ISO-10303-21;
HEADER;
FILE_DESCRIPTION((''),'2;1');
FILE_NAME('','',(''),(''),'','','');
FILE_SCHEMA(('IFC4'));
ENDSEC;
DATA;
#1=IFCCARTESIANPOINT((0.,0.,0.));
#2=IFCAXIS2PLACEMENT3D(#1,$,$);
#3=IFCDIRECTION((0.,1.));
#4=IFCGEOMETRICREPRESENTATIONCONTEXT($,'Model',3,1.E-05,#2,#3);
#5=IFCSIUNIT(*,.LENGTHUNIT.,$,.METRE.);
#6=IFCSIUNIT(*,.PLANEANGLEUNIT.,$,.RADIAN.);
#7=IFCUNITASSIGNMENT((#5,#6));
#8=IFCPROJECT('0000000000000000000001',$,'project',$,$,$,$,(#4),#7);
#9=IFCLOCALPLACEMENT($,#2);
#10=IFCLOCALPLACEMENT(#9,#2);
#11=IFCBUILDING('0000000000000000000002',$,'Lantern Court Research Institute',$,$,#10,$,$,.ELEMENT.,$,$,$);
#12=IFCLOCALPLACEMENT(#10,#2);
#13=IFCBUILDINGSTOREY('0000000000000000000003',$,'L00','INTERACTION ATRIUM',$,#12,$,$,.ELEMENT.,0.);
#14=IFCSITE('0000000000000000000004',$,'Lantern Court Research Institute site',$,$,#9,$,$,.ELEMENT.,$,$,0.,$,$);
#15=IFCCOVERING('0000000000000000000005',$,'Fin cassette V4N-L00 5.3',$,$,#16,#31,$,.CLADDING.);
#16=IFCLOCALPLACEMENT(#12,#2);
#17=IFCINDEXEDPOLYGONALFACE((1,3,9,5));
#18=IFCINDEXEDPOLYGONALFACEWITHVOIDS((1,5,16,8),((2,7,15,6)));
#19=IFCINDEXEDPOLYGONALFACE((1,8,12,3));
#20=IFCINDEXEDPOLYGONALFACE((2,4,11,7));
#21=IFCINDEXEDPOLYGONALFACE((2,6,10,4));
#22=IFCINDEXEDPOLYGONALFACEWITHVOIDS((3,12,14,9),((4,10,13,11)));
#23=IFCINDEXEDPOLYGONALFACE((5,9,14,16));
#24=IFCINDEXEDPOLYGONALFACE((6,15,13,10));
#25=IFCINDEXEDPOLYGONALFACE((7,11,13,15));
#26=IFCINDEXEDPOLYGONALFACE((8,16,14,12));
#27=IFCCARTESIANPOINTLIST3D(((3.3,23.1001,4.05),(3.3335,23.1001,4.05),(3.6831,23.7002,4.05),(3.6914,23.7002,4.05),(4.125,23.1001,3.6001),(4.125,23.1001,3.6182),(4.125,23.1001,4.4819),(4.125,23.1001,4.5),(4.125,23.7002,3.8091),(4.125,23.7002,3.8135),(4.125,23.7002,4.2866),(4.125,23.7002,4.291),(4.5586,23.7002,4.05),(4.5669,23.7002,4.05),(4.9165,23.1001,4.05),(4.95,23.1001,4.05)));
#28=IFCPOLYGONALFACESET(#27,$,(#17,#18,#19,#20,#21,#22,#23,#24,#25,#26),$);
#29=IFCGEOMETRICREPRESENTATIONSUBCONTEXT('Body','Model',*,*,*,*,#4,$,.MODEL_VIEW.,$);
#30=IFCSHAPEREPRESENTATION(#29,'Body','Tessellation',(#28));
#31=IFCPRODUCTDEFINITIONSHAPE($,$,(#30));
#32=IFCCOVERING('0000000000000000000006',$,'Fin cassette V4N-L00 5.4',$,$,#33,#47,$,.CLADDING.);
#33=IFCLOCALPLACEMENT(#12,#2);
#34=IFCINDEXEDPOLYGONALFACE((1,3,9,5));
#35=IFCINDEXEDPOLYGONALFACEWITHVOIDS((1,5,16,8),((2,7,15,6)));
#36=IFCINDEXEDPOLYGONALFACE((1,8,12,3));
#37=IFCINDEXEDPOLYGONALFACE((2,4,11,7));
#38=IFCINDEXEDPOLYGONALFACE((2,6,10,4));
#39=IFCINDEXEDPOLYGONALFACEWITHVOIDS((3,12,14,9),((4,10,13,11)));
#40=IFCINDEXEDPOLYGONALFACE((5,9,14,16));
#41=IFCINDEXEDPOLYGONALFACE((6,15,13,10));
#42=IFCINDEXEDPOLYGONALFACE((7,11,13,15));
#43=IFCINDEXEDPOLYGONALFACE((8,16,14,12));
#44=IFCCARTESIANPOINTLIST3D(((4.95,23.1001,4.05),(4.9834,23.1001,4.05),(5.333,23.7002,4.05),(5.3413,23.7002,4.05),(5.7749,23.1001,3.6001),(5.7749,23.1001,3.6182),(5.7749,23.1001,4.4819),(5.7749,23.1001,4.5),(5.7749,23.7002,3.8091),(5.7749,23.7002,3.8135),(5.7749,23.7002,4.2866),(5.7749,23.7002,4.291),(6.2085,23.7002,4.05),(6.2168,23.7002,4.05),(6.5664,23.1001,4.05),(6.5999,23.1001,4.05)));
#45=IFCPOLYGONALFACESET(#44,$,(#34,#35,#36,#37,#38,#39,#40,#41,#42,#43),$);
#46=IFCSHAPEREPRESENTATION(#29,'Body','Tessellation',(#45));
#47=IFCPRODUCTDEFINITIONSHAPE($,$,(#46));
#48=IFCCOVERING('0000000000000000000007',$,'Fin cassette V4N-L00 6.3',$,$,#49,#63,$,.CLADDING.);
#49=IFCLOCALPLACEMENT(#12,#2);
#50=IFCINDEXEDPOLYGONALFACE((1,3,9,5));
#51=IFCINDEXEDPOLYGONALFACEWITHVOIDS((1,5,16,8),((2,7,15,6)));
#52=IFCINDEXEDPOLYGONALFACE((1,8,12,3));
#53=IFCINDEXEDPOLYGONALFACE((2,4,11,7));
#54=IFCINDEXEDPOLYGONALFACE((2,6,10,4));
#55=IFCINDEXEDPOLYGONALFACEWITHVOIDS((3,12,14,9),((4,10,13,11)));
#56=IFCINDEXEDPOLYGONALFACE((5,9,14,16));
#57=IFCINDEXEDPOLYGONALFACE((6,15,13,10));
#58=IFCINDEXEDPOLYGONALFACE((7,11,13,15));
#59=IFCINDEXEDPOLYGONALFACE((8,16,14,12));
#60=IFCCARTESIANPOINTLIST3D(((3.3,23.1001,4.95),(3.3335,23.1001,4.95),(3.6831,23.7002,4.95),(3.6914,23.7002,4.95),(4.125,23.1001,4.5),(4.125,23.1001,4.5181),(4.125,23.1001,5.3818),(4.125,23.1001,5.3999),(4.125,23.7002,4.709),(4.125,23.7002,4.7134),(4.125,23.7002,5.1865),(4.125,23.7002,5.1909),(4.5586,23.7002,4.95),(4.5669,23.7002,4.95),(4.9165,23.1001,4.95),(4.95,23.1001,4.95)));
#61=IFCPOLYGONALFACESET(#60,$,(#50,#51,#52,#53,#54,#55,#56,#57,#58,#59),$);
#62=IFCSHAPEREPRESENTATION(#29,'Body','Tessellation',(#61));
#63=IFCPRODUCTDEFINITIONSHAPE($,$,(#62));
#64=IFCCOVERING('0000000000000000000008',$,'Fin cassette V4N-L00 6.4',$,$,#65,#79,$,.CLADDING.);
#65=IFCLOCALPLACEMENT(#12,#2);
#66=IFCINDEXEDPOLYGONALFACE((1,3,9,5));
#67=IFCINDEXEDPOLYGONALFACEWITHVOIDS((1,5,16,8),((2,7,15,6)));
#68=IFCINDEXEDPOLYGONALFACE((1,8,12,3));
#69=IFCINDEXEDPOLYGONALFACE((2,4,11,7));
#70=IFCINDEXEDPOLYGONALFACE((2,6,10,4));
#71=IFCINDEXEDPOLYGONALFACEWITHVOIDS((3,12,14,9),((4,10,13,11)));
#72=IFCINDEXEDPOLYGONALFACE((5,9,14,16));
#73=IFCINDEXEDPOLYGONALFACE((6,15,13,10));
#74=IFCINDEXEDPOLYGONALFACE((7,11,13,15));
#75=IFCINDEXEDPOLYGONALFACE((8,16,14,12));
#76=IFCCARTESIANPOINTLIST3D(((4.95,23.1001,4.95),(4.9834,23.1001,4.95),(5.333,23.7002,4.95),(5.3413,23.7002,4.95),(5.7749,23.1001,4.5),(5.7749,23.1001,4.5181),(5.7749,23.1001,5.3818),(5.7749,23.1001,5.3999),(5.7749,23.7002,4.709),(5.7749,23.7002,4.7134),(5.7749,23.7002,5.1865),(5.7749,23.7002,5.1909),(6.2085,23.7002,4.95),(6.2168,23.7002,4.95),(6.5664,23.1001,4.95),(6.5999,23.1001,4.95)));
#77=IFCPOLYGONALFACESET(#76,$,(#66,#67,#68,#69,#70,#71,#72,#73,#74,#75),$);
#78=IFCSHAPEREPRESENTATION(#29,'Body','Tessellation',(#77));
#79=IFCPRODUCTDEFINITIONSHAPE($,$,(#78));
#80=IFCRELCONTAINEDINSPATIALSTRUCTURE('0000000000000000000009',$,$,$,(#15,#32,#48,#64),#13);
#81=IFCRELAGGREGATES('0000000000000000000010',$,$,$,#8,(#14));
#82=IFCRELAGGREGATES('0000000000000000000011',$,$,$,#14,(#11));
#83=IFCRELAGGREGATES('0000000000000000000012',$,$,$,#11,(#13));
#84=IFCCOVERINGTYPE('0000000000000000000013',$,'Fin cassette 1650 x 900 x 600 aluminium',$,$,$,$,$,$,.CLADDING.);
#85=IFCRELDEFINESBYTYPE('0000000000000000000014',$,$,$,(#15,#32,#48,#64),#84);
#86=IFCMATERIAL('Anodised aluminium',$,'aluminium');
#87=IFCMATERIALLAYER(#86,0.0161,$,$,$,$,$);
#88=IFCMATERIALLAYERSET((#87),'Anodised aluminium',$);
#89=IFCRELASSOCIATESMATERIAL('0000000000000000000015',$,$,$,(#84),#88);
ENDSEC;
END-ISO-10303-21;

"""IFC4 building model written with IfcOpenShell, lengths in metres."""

from ifc_helpers import new_model, entity, si_unit, direction, frame, origin, place, context, subcontext, project, spatial, material, layer, layer_set, type_object, element, save


model = new_model("IFC4")

# Units and contexts
model_context = context("Model", 3, precision=1e-05, world=origin(), true_north=direction((0.0, 1.0)))
body_context = subcontext(model_context, "Body", "Model", "MODEL_VIEW")
ifc_project = project(units=[si_unit("LENGTHUNIT", "METRE"), si_unit("PLANEANGLEUNIT", "RADIAN")], contexts=[model_context])

# Site, building, storey
site_placement = place(None, origin())
site = spatial("IfcSite", under=ifc_project, at=site_placement, Name="Lantern Court Research Institute site", CompositionType="ELEMENT", RefElevation=0.0)
building_placement = place(site_placement, origin())
building = spatial("IfcBuilding", under=site, at=building_placement, Name="Lantern Court Research Institute", CompositionType="ELEMENT")
storey_placement = place(building_placement, origin())
storey = spatial("IfcBuildingStorey", under=building, at=storey_placement, Name="L00", Description="INTERACTION ATRIUM", CompositionType="ELEMENT", Elevation=0.0)

# Coverings
ifc_material_1 = material(Name="Anodised aluminium", Category="aluminium")
ifc_layer_1 = layer(ifc_material_1, 0.0161)
ifc_layer_set_1 = layer_set([ifc_layer_1], Name="Anodised aluminium")
covering_type = type_object("IfcCoveringType", Name="Fin cassette 1650 x 900 x 600 aluminium", PredefinedType="CLADDING", material=ifc_layer_set_1)
covering_1_placement = place(storey_placement, frame((4.125, 23.1001, 4.05), z_axis=(0.0, 1.0, 0.0), x_axis=(-1.0, 0.0, 0.0)))
cartesian_point_1 = entity("IfcCartesianPoint", [0.825, 0.0])
cartesian_point_2 = entity("IfcCartesianPoint", [0.7915, 0.0])
cartesian_point_3 = entity("IfcCartesianPoint", [0.4419, 0.0])
cartesian_point_4 = entity("IfcCartesianPoint", [0.4336, 0.0])
element("IfcCovering", 1, at=covering_1_placement, inside=storey, type_object=covering_type, Name="Fin cassette V4N-L00 5.3", PredefinedType="CLADDING", context=body_context, shape_type="SweptSolid", body=[
    entity("IfcExtrudedAreaSolidTapered", entity("IfcArbitraryProfileDefWithVoids", "AREA", None, entity("IfcPolyline", [cartesian_point_1, entity("IfcCartesianPoint", [0.0, 0.45]), entity("IfcCartesianPoint", [-0.825, 0.0]), entity("IfcCartesianPoint", [0.0, -0.45]), cartesian_point_1]), [entity("IfcPolyline", [cartesian_point_2, entity("IfcCartesianPoint", [0.0, 0.4319]), entity("IfcCartesianPoint", [-0.7915, 0.0]), entity("IfcCartesianPoint", [0.0, -0.4319]), cartesian_point_2])]), entity("IfcAxis2Placement3D", entity("IfcCartesianPoint", [0.0, 0.0, 0.0])), entity("IfcDirection", [0.0, 0.0, 1.0]), 0.6001, entity("IfcArbitraryProfileDefWithVoids", "AREA", None, entity("IfcPolyline", [cartesian_point_3, entity("IfcCartesianPoint", [0.0, 0.241]), entity("IfcCartesianPoint", [-0.4419, 0.0]), entity("IfcCartesianPoint", [0.0, -0.241]), cartesian_point_3]), [entity("IfcPolyline", [cartesian_point_4, entity("IfcCartesianPoint", [0.0, 0.2366]), entity("IfcCartesianPoint", [-0.4336, 0.0]), entity("IfcCartesianPoint", [0.0, -0.2366]), cartesian_point_4])])),
])
covering_2_placement = place(storey_placement, frame((5.7749, 23.1001, 4.05), z_axis=(0.0, 1.0, 0.0), x_axis=(-1.0, 0.0, 0.0)))
cartesian_point_5 = entity("IfcCartesianPoint", [0.825, 0.0])
cartesian_point_6 = entity("IfcCartesianPoint", [0.7915, 0.0])
cartesian_point_7 = entity("IfcCartesianPoint", [0.4419, 0.0])
cartesian_point_8 = entity("IfcCartesianPoint", [0.4336, 0.0])
element("IfcCovering", 2, at=covering_2_placement, inside=storey, type_object=covering_type, Name="Fin cassette V4N-L00 5.4", PredefinedType="CLADDING", context=body_context, shape_type="SweptSolid", body=[
    entity("IfcExtrudedAreaSolidTapered", entity("IfcArbitraryProfileDefWithVoids", "AREA", None, entity("IfcPolyline", [cartesian_point_5, entity("IfcCartesianPoint", [0.0, 0.45]), entity("IfcCartesianPoint", [-0.825, 0.0]), entity("IfcCartesianPoint", [0.0, -0.45]), cartesian_point_5]), [entity("IfcPolyline", [cartesian_point_6, entity("IfcCartesianPoint", [0.0, 0.4319]), entity("IfcCartesianPoint", [-0.7915, 0.0]), entity("IfcCartesianPoint", [0.0, -0.4319]), cartesian_point_6])]), entity("IfcAxis2Placement3D", entity("IfcCartesianPoint", [0.0, 0.0, 0.0])), entity("IfcDirection", [0.0, 0.0, 1.0]), 0.6001, entity("IfcArbitraryProfileDefWithVoids", "AREA", None, entity("IfcPolyline", [cartesian_point_7, entity("IfcCartesianPoint", [0.0, 0.241]), entity("IfcCartesianPoint", [-0.4419, 0.0]), entity("IfcCartesianPoint", [0.0, -0.241]), cartesian_point_7]), [entity("IfcPolyline", [cartesian_point_8, entity("IfcCartesianPoint", [0.0, 0.2366]), entity("IfcCartesianPoint", [-0.4336, 0.0]), entity("IfcCartesianPoint", [0.0, -0.2366]), cartesian_point_8])])),
])
covering_3_placement = place(storey_placement, frame((4.125, 23.1001, 4.95), z_axis=(0.0, 1.0, 0.0), x_axis=(-1.0, 0.0, 0.0)))
cartesian_point_9 = entity("IfcCartesianPoint", [0.825, 0.0])
cartesian_point_10 = entity("IfcCartesianPoint", [0.7915, 0.0])
cartesian_point_11 = entity("IfcCartesianPoint", [0.4419, 0.0])
cartesian_point_12 = entity("IfcCartesianPoint", [0.4336, 0.0])
element("IfcCovering", 3, at=covering_3_placement, inside=storey, type_object=covering_type, Name="Fin cassette V4N-L00 6.3", PredefinedType="CLADDING", context=body_context, shape_type="SweptSolid", body=[
    entity("IfcExtrudedAreaSolidTapered", entity("IfcArbitraryProfileDefWithVoids", "AREA", None, entity("IfcPolyline", [cartesian_point_9, entity("IfcCartesianPoint", [0.0, 0.45]), entity("IfcCartesianPoint", [-0.825, 0.0]), entity("IfcCartesianPoint", [0.0, -0.45]), cartesian_point_9]), [entity("IfcPolyline", [cartesian_point_10, entity("IfcCartesianPoint", [0.0, 0.4319]), entity("IfcCartesianPoint", [-0.7915, 0.0]), entity("IfcCartesianPoint", [0.0, -0.4319]), cartesian_point_10])]), entity("IfcAxis2Placement3D", entity("IfcCartesianPoint", [0.0, 0.0, 0.0])), entity("IfcDirection", [0.0, 0.0, 1.0]), 0.6001, entity("IfcArbitraryProfileDefWithVoids", "AREA", None, entity("IfcPolyline", [cartesian_point_11, entity("IfcCartesianPoint", [0.0, 0.241]), entity("IfcCartesianPoint", [-0.4419, 0.0]), entity("IfcCartesianPoint", [0.0, -0.241]), cartesian_point_11]), [entity("IfcPolyline", [cartesian_point_12, entity("IfcCartesianPoint", [0.0, 0.2366]), entity("IfcCartesianPoint", [-0.4336, 0.0]), entity("IfcCartesianPoint", [0.0, -0.2366]), cartesian_point_12])])),
])
covering_4_placement = place(storey_placement, frame((5.7749, 23.1001, 4.95), z_axis=(0.0, 1.0, 0.0), x_axis=(-1.0, 0.0, 0.0)))
cartesian_point_13 = entity("IfcCartesianPoint", [0.825, 0.0])
cartesian_point_14 = entity("IfcCartesianPoint", [0.7915, 0.0])
cartesian_point_15 = entity("IfcCartesianPoint", [0.4419, 0.0])
cartesian_point_16 = entity("IfcCartesianPoint", [0.4336, 0.0])
element("IfcCovering", 4, at=covering_4_placement, inside=storey, type_object=covering_type, Name="Fin cassette V4N-L00 6.4", PredefinedType="CLADDING", context=body_context, shape_type="SweptSolid", body=[
    entity("IfcExtrudedAreaSolidTapered", entity("IfcArbitraryProfileDefWithVoids", "AREA", None, entity("IfcPolyline", [cartesian_point_13, entity("IfcCartesianPoint", [0.0, 0.45]), entity("IfcCartesianPoint", [-0.825, 0.0]), entity("IfcCartesianPoint", [0.0, -0.45]), cartesian_point_13]), [entity("IfcPolyline", [cartesian_point_14, entity("IfcCartesianPoint", [0.0, 0.4319]), entity("IfcCartesianPoint", [-0.7915, 0.0]), entity("IfcCartesianPoint", [0.0, -0.4319]), cartesian_point_14])]), entity("IfcAxis2Placement3D", entity("IfcCartesianPoint", [0.0, 0.0, 0.0])), entity("IfcDirection", [0.0, 0.0, 1.0]), 0.6001, entity("IfcArbitraryProfileDefWithVoids", "AREA", None, entity("IfcPolyline", [cartesian_point_15, entity("IfcCartesianPoint", [0.0, 0.241]), entity("IfcCartesianPoint", [-0.4419, 0.0]), entity("IfcCartesianPoint", [0.0, -0.241]), cartesian_point_15]), [entity("IfcPolyline", [cartesian_point_16, entity("IfcCartesianPoint", [0.0, 0.2366]), entity("IfcCartesianPoint", [-0.4336, 0.0]), entity("IfcCartesianPoint", [0.0, -0.2366]), cartesian_point_16])])),
])

save(model, "model.ifc")
